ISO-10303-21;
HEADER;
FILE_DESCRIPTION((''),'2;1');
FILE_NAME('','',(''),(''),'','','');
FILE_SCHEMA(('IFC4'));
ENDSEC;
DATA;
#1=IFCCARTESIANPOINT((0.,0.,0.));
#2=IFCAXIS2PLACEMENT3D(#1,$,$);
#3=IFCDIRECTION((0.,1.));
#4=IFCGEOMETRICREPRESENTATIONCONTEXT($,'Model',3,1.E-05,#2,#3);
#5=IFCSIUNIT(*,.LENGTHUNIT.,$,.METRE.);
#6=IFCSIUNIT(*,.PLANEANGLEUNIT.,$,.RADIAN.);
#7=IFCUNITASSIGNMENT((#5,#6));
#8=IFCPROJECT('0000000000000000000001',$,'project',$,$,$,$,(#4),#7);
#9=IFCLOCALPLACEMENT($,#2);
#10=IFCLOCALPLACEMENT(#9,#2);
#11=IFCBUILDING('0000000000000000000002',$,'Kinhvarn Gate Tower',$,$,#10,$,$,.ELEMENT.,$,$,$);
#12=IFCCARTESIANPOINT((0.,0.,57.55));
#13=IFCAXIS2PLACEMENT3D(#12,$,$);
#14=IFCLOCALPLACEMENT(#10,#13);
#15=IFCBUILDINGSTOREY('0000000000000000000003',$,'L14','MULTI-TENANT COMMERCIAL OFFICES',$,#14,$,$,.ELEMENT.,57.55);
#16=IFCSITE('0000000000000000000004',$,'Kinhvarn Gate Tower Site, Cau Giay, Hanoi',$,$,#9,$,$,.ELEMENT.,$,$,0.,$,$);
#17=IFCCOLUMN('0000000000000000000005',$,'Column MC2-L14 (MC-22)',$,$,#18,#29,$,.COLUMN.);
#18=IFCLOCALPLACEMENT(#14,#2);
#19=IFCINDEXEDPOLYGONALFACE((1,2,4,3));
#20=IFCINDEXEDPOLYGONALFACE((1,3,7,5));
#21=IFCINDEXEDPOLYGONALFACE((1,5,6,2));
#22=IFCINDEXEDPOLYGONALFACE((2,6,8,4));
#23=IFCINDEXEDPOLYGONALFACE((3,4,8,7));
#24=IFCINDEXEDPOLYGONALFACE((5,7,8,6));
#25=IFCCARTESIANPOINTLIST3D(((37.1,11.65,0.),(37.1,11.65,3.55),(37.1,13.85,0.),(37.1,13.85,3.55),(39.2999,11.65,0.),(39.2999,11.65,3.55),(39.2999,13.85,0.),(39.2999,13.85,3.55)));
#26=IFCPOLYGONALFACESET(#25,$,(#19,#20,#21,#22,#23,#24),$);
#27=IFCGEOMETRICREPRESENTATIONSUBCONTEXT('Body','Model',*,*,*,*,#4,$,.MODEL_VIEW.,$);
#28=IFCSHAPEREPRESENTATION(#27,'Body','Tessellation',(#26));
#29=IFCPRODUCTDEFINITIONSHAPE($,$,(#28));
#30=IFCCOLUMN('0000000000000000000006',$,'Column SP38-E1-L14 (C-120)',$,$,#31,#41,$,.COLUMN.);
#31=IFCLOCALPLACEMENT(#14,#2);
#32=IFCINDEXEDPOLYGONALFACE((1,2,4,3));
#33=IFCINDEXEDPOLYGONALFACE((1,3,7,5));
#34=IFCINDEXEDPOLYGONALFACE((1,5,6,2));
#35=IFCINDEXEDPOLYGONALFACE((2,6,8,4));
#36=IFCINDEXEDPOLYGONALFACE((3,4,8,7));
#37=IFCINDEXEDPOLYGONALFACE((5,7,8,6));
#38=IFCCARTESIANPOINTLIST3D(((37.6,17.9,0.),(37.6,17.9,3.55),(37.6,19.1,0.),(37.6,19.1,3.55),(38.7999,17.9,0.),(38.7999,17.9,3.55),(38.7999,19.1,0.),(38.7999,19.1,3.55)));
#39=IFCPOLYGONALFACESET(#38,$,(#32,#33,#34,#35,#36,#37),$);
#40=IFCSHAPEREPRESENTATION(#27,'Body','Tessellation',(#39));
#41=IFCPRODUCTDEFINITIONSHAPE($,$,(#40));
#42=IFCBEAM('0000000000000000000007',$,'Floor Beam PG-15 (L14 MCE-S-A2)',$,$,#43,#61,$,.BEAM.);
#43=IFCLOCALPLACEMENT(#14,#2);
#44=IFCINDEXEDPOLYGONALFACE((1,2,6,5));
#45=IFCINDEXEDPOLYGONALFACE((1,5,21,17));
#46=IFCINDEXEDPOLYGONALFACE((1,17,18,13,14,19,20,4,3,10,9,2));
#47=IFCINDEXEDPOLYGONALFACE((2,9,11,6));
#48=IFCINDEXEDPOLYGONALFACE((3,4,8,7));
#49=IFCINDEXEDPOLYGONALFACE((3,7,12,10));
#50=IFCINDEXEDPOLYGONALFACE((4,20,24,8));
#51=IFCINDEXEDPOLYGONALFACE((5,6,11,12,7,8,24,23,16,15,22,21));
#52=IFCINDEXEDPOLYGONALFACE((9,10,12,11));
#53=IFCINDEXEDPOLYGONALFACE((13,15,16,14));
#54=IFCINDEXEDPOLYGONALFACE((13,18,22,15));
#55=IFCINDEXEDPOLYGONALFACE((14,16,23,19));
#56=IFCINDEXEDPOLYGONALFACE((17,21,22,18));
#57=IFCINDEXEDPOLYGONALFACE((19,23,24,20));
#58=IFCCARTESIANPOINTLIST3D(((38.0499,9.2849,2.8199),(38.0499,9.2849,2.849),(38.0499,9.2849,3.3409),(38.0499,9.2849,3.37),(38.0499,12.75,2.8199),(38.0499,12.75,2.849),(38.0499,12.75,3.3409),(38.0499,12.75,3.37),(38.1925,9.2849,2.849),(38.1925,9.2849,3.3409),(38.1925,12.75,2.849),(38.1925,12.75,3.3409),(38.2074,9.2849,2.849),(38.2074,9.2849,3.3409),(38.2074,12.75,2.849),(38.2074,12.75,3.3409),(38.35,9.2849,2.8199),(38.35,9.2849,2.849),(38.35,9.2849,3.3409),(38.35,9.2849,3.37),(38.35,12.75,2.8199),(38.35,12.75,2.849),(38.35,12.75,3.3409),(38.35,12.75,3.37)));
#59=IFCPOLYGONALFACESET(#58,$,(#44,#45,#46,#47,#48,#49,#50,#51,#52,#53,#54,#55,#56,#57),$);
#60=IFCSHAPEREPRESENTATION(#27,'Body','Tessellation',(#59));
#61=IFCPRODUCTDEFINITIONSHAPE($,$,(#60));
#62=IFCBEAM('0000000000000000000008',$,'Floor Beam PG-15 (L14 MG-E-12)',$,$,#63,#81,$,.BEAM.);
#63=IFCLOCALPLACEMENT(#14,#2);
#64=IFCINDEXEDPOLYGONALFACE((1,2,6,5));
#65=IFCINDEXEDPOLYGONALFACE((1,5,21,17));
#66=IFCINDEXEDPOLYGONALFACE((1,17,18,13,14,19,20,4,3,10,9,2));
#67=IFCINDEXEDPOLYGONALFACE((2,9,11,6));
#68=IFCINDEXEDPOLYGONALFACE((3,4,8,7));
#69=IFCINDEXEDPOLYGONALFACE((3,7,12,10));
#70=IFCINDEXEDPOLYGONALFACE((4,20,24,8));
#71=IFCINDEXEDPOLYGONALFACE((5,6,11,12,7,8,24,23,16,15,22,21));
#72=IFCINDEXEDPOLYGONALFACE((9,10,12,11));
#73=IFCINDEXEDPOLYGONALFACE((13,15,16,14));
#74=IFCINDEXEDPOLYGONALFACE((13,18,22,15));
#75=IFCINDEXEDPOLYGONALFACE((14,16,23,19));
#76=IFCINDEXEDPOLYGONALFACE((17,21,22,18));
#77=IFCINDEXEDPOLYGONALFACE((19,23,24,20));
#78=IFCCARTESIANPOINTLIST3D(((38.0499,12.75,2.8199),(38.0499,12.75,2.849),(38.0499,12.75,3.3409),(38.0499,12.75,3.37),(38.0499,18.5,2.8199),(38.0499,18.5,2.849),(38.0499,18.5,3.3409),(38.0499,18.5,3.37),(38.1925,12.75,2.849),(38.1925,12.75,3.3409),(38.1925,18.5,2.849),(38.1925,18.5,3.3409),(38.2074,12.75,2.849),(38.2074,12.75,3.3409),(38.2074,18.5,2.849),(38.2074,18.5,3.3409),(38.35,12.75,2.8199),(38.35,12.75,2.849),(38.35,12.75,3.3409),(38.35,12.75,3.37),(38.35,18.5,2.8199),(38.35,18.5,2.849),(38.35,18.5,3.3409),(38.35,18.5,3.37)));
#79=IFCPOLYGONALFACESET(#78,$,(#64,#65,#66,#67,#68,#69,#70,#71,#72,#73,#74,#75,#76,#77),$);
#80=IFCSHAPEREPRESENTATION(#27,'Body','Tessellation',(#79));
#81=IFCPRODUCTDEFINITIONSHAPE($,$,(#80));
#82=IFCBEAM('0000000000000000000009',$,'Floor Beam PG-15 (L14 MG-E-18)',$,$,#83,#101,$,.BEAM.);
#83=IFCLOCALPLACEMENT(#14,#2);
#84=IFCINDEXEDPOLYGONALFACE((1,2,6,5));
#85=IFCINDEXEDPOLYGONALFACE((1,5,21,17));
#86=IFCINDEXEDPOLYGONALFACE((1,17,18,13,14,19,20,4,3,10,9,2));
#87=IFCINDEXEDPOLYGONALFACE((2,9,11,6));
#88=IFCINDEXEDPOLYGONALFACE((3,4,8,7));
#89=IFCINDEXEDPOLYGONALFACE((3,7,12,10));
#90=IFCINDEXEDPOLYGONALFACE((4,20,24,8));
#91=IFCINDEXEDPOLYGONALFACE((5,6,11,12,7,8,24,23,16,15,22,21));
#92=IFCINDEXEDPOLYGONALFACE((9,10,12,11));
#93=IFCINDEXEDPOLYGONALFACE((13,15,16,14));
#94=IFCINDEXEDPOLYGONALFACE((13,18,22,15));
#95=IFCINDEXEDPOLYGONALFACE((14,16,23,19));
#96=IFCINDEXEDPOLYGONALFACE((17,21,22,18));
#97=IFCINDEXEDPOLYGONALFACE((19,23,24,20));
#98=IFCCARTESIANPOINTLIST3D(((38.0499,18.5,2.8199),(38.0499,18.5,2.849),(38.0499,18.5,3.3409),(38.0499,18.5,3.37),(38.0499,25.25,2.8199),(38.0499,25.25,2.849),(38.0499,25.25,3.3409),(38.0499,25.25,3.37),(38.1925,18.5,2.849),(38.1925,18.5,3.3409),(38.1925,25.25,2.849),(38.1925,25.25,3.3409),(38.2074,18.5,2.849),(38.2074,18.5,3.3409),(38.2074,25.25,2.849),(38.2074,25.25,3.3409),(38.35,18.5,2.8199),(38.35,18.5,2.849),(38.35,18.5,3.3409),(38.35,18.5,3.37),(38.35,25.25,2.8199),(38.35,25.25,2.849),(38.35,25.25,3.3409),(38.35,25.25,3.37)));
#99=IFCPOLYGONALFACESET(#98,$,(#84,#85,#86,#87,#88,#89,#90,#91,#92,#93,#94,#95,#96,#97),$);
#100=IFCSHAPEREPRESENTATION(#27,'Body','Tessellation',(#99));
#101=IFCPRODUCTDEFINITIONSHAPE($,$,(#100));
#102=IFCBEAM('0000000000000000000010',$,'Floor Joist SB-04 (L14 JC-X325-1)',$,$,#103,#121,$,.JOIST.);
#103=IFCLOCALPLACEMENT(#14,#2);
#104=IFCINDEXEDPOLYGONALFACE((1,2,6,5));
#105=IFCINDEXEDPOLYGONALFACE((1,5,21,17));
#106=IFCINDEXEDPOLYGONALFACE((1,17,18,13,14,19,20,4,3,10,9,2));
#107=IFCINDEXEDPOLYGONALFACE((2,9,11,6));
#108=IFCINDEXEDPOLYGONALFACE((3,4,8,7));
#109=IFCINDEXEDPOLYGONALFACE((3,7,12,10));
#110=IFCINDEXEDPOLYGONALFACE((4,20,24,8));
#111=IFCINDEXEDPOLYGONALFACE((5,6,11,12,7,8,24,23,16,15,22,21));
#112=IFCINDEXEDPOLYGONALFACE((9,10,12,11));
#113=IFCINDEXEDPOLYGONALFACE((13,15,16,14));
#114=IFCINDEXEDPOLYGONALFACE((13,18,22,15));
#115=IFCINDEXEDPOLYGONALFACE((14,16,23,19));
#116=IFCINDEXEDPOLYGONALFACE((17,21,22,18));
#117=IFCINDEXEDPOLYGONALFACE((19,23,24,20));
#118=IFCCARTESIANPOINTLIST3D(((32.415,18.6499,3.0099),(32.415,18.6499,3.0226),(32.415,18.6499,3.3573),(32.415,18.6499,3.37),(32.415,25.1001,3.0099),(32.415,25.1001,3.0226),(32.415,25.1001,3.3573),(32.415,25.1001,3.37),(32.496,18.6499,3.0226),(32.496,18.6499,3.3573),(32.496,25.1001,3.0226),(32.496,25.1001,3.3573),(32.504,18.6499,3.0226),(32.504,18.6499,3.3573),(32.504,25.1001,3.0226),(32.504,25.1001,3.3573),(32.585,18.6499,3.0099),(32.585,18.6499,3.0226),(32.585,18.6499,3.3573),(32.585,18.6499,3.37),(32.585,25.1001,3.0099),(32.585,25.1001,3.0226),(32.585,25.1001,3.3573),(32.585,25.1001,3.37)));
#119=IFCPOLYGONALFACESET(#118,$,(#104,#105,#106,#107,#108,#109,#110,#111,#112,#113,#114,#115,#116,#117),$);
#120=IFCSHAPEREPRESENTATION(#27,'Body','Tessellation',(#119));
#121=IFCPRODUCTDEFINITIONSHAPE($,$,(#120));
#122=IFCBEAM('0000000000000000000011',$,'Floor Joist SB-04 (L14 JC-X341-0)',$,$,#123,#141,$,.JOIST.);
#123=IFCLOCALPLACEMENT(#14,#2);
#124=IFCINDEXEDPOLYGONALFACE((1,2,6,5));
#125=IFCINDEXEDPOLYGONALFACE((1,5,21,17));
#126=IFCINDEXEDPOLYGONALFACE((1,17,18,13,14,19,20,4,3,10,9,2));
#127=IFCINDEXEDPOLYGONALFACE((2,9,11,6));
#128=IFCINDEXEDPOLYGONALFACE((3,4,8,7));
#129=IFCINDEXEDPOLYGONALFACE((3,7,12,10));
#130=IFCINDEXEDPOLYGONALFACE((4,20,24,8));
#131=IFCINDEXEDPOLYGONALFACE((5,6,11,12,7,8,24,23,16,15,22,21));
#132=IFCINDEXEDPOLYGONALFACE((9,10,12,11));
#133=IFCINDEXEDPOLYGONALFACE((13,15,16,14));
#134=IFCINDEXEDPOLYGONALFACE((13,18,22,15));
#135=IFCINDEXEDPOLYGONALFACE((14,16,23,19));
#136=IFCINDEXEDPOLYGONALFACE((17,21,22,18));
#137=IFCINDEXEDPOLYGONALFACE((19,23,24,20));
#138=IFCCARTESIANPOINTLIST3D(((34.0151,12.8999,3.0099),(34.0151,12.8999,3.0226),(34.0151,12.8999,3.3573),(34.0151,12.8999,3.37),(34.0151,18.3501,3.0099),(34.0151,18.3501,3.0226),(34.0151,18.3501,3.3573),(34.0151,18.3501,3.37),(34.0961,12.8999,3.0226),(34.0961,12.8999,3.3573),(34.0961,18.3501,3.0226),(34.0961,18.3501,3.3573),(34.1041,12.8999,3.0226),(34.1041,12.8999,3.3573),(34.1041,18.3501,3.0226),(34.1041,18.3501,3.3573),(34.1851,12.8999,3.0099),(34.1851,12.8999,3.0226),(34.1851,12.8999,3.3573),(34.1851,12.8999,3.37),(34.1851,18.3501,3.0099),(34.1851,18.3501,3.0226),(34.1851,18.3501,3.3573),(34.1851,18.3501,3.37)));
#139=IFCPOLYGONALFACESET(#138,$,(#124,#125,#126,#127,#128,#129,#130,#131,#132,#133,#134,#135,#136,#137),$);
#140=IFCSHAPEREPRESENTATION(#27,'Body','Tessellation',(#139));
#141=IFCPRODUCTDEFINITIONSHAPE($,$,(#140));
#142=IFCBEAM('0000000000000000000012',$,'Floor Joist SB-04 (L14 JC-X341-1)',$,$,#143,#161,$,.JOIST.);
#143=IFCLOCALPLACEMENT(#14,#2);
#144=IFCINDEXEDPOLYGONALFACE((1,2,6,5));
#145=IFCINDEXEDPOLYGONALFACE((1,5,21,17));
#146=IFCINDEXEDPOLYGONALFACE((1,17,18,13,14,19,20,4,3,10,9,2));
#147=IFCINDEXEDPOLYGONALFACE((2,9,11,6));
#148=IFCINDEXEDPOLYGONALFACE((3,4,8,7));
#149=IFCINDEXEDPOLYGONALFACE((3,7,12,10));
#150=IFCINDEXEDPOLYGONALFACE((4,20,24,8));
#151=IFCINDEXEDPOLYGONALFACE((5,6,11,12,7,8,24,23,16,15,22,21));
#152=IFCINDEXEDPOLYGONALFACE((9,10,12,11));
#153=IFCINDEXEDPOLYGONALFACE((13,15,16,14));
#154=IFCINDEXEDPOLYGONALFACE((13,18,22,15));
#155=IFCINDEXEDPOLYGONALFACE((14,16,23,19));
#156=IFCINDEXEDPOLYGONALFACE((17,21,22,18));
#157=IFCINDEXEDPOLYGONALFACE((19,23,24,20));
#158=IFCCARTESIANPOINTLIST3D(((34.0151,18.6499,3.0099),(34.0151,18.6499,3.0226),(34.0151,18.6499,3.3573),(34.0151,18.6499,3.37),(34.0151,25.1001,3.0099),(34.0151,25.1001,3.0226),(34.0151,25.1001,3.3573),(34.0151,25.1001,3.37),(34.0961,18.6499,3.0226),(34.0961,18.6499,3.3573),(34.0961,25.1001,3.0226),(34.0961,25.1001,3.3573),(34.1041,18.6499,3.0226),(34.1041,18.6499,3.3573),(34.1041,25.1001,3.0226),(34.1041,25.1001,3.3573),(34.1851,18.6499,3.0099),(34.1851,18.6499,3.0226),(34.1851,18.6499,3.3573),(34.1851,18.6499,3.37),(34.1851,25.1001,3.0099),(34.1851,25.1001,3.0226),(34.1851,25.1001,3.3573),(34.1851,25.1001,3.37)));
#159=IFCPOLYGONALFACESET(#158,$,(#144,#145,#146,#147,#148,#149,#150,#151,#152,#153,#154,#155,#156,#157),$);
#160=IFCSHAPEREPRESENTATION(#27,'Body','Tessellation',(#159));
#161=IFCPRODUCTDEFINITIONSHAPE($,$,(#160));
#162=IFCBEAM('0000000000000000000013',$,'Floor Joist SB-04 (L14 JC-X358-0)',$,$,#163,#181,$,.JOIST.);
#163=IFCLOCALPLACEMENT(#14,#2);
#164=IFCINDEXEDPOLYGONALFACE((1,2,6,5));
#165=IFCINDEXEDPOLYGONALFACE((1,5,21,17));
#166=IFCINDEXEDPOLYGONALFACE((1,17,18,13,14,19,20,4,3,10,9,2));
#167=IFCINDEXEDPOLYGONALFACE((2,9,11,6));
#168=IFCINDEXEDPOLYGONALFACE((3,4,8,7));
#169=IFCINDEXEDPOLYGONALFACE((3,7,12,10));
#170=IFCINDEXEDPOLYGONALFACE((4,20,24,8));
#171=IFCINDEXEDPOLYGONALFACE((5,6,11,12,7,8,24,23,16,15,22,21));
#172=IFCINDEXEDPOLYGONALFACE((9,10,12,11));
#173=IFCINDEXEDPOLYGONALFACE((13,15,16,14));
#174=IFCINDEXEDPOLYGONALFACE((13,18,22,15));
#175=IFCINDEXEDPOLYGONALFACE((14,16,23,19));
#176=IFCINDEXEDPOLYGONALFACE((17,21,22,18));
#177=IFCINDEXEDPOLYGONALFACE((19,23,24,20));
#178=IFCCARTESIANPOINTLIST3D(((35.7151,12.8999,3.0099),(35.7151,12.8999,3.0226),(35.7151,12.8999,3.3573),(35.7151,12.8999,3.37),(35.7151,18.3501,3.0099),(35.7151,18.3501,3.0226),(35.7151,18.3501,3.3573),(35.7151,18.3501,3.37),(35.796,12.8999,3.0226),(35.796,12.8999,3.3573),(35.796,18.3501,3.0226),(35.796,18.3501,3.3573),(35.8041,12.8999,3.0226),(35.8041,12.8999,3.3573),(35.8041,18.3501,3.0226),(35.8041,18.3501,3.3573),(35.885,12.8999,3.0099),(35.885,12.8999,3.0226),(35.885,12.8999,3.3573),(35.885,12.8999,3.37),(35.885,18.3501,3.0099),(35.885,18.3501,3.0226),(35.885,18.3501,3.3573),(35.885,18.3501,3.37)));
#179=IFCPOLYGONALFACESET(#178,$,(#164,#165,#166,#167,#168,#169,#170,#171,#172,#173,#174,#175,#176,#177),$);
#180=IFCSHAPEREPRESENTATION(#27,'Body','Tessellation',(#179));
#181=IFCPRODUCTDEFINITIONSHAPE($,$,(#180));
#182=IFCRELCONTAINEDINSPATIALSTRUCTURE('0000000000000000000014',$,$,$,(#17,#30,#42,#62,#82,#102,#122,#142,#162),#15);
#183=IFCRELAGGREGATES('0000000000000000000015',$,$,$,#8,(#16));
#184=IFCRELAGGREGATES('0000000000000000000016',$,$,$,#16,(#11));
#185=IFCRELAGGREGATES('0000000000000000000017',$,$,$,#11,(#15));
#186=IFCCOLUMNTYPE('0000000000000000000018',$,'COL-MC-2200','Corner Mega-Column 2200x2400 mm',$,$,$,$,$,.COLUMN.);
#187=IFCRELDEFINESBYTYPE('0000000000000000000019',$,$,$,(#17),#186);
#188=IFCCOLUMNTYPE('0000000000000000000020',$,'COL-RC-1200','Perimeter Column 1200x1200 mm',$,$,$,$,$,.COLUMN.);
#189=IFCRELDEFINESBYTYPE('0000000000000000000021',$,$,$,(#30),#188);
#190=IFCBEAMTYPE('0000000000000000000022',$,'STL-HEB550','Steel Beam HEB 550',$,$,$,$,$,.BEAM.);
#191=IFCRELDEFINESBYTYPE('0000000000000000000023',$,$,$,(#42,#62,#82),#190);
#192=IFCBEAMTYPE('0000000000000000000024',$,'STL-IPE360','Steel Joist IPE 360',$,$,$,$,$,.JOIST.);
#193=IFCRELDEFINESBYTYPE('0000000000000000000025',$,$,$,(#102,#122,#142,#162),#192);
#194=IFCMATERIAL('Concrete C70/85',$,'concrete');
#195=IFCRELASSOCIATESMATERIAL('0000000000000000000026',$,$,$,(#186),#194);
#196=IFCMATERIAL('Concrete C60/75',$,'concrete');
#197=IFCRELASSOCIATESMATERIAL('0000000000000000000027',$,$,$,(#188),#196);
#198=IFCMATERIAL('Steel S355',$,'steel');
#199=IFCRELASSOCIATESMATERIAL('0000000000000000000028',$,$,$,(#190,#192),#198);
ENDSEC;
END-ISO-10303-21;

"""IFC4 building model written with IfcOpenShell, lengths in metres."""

from ifc_helpers import new_model, si_unit, direction, frame, origin, origin_2d, place, context, subcontext, project, spatial, rectangle, i_section, extrude, material, material_profile, profile_set, type_object, element, save


model = new_model("IFC4")

# Units and contexts
model_context = context("Model", 3, precision=1e-05, world=origin(), true_north=direction((0.0, 1.0)))
body_context = subcontext(model_context, "Body", "Model", "MODEL_VIEW")
ifc_project = project(units=[si_unit("LENGTHUNIT", "METRE"), si_unit("PLANEANGLEUNIT", "RADIAN")], contexts=[model_context])

# Site, building, storey
site_placement = place(None, origin())
site = spatial("IfcSite", under=ifc_project, at=site_placement, Name="Kinhvarn Gate Tower Site, Cau Giay, Hanoi", CompositionType="ELEMENT", RefElevation=0.0)
building_placement = place(site_placement, origin())
building = spatial("IfcBuilding", under=site, at=building_placement, Name="Kinhvarn Gate Tower", CompositionType="ELEMENT")
storey_placement = place(building_placement, frame((0.0, 0.0, 57.55)))
storey = spatial("IfcBuildingStorey", under=building, at=storey_placement, Name="L14", Description="MULTI-TENANT COMMERCIAL OFFICES", CompositionType="ELEMENT", Elevation=57.55)

# Columns
ifc_material_1 = material(Name="Concrete C70/85", Category="concrete")
ifc_material_profile_1 = material_profile(ifc_material_1, rectangle(XDim=2.2, YDim=2.2, at=origin_2d()), Name="RC 2200x2200")
ifc_profile_set_1 = profile_set([ifc_material_profile_1], Name="Concrete C70/85")
column_type_1 = type_object("IfcColumnType", Name="COL-MC-2200", Description="Corner Mega-Column 2200x2400 mm", PredefinedType="COLUMN", material=ifc_profile_set_1)
column_1_placement = place(storey_placement, frame((38.2, 12.75, 0.0), z_axis=(0.0, 0.0, 1.0), x_axis=(1.0, 0.0, 0.0)))
element("IfcColumn", 1, at=column_1_placement, inside=storey, type_object=column_type_1, Name="Column MC2-L14 (MC-22)", PredefinedType="COLUMN", context=body_context, shape_type="SweptSolid", body=[
    extrude(rectangle(XDim=2.2, YDim=2.2, at=origin_2d()), origin(), (0.0, 0.0, 1.0), 3.55),
])
ifc_material_2 = material(Name="Concrete C60/75", Category="concrete")
ifc_material_profile_2 = material_profile(ifc_material_2, rectangle(XDim=1.2, YDim=1.2, at=origin_2d()), Name="RC 1200x1200")
ifc_profile_set_2 = profile_set([ifc_material_profile_2], Name="Concrete C60/75")
column_type_2 = type_object("IfcColumnType", Name="COL-RC-1200", Description="Perimeter Column 1200x1200 mm", PredefinedType="COLUMN", material=ifc_profile_set_2)
column_2_placement = place(storey_placement, frame((38.2, 18.5, 0.0), z_axis=(0.0, 0.0, 1.0), x_axis=(1.0, 0.0, 0.0)))
element("IfcColumn", 2, at=column_2_placement, inside=storey, type_object=column_type_2, Name="Column SP38-E1-L14 (C-120)", PredefinedType="COLUMN", context=body_context, shape_type="SweptSolid", body=[
    extrude(rectangle(XDim=1.2, YDim=1.2, at=origin_2d()), origin(), (0.0, 0.0, 1.0), 3.55),
])

# Beams
ifc_material_3 = material(Name="Steel S355", Category="steel")
ifc_material_profile_3 = material_profile(ifc_material_3, i_section(OverallWidth=0.3, OverallDepth=0.55, WebThickness=0.0149, FlangeThickness=0.0291, at=origin_2d()), Name="HEB 550")
ifc_profile_set_3 = profile_set([ifc_material_profile_3], Name="Steel S355")
beam_type_1 = type_object("IfcBeamType", Name="STL-HEB550", Description="Steel Beam HEB 550", PredefinedType="BEAM", material=ifc_profile_set_3)
beam_1_placement = place(storey_placement, frame((38.2, 9.2849, 3.095), z_axis=(0.0, 1.0, 0.0), x_axis=(-1.0, 0.0, 0.0)))
element("IfcBeam", 3, at=beam_1_placement, inside=storey, type_object=beam_type_1, Name="Floor Beam PG-15 (L14 MCE-S-A2)", PredefinedType="BEAM", context=body_context, shape_type="SweptSolid", body=[
    extrude(i_section(OverallWidth=0.3, OverallDepth=0.55, WebThickness=0.0149, FlangeThickness=0.0291, at=origin_2d()), origin(), (0.0, 0.0, 1.0), 3.4651),
])
beam_2_placement = place(storey_placement, frame((38.2, 12.75, 3.095), z_axis=(0.0, 1.0, 0.0), x_axis=(-1.0, 0.0, 0.0)))
element("IfcBeam", 4, at=beam_2_placement, inside=storey, type_object=beam_type_1, Name="Floor Beam PG-15 (L14 MG-E-12)", PredefinedType="BEAM", context=body_context, shape_type="SweptSolid", body=[
    extrude(i_section(OverallWidth=0.3, OverallDepth=0.55, WebThickness=0.0149, FlangeThickness=0.0291, at=origin_2d()), origin(), (0.0, 0.0, 1.0), 5.75),
])
beam_3_placement = place(storey_placement, frame((38.2, 18.5, 3.095), z_axis=(0.0, 1.0, 0.0), x_axis=(-1.0, 0.0, 0.0)))
element("IfcBeam", 5, at=beam_3_placement, inside=storey, type_object=beam_type_1, Name="Floor Beam PG-15 (L14 MG-E-18)", PredefinedType="BEAM", context=body_context, shape_type="SweptSolid", body=[
    extrude(i_section(OverallWidth=0.3, OverallDepth=0.55, WebThickness=0.0149, FlangeThickness=0.0291, at=origin_2d()), origin(), (0.0, 0.0, 1.0), 6.75),
])
ifc_material_profile_4 = material_profile(ifc_material_3, i_section(OverallWidth=0.1699, OverallDepth=0.3601, WebThickness=0.0081, FlangeThickness=0.0127, at=origin_2d()), Name="IPE 360")
ifc_profile_set_4 = profile_set([ifc_material_profile_4], Name="Steel S355")
beam_type_2 = type_object("IfcBeamType", Name="STL-IPE360", Description="Steel Joist IPE 360", PredefinedType="JOIST", material=ifc_profile_set_4)
beam_4_placement = place(storey_placement, frame((32.5, 18.6499, 3.1899), z_axis=(0.0, 1.0, 0.0), x_axis=(-1.0, 0.0, 0.0)))
element("IfcBeam", 6, at=beam_4_placement, inside=storey, type_object=beam_type_2, Name="Floor Joist SB-04 (L14 JC-X325-1)", PredefinedType="JOIST", context=body_context, shape_type="SweptSolid", body=[
    extrude(i_section(OverallWidth=0.1699, OverallDepth=0.3601, WebThickness=0.0081, FlangeThickness=0.0127, at=origin_2d()), origin(), (0.0, 0.0, 1.0), 6.4502),
])
beam_5_placement = place(storey_placement, frame((34.1001, 12.8999, 3.1899), z_axis=(0.0, 1.0, 0.0), x_axis=(-1.0, 0.0, 0.0)))
element("IfcBeam", 7, at=beam_5_placement, inside=storey, type_object=beam_type_2, Name="Floor Joist SB-04 (L14 JC-X341-0)", PredefinedType="JOIST", context=body_context, shape_type="SweptSolid", body=[
    extrude(i_section(OverallWidth=0.1699, OverallDepth=0.3601, WebThickness=0.0081, FlangeThickness=0.0127, at=origin_2d()), origin(), (0.0, 0.0, 1.0), 5.4502),
])
beam_6_placement = place(storey_placement, frame((34.1001, 18.6499, 3.1899), z_axis=(0.0, 1.0, 0.0), x_axis=(-1.0, 0.0, 0.0)))
element("IfcBeam", 8, at=beam_6_placement, inside=storey, type_object=beam_type_2, Name="Floor Joist SB-04 (L14 JC-X341-1)", PredefinedType="JOIST", context=body_context, shape_type="SweptSolid", body=[
    extrude(i_section(OverallWidth=0.1699, OverallDepth=0.3601, WebThickness=0.0081, FlangeThickness=0.0127, at=origin_2d()), origin(), (0.0, 0.0, 1.0), 6.4502),
])
beam_7_placement = place(storey_placement, frame((35.8, 12.8999, 3.1899), z_axis=(0.0, 1.0, 0.0), x_axis=(-1.0, 0.0, 0.0)))
element("IfcBeam", 9, at=beam_7_placement, inside=storey, type_object=beam_type_2, Name="Floor Joist SB-04 (L14 JC-X358-0)", PredefinedType="JOIST", context=body_context, shape_type="SweptSolid", body=[
    extrude(i_section(OverallWidth=0.1699, OverallDepth=0.3601, WebThickness=0.0081, FlangeThickness=0.0127, at=origin_2d()), origin(), (0.0, 0.0, 1.0), 5.4502),
])

save(model, "model.ifc")
